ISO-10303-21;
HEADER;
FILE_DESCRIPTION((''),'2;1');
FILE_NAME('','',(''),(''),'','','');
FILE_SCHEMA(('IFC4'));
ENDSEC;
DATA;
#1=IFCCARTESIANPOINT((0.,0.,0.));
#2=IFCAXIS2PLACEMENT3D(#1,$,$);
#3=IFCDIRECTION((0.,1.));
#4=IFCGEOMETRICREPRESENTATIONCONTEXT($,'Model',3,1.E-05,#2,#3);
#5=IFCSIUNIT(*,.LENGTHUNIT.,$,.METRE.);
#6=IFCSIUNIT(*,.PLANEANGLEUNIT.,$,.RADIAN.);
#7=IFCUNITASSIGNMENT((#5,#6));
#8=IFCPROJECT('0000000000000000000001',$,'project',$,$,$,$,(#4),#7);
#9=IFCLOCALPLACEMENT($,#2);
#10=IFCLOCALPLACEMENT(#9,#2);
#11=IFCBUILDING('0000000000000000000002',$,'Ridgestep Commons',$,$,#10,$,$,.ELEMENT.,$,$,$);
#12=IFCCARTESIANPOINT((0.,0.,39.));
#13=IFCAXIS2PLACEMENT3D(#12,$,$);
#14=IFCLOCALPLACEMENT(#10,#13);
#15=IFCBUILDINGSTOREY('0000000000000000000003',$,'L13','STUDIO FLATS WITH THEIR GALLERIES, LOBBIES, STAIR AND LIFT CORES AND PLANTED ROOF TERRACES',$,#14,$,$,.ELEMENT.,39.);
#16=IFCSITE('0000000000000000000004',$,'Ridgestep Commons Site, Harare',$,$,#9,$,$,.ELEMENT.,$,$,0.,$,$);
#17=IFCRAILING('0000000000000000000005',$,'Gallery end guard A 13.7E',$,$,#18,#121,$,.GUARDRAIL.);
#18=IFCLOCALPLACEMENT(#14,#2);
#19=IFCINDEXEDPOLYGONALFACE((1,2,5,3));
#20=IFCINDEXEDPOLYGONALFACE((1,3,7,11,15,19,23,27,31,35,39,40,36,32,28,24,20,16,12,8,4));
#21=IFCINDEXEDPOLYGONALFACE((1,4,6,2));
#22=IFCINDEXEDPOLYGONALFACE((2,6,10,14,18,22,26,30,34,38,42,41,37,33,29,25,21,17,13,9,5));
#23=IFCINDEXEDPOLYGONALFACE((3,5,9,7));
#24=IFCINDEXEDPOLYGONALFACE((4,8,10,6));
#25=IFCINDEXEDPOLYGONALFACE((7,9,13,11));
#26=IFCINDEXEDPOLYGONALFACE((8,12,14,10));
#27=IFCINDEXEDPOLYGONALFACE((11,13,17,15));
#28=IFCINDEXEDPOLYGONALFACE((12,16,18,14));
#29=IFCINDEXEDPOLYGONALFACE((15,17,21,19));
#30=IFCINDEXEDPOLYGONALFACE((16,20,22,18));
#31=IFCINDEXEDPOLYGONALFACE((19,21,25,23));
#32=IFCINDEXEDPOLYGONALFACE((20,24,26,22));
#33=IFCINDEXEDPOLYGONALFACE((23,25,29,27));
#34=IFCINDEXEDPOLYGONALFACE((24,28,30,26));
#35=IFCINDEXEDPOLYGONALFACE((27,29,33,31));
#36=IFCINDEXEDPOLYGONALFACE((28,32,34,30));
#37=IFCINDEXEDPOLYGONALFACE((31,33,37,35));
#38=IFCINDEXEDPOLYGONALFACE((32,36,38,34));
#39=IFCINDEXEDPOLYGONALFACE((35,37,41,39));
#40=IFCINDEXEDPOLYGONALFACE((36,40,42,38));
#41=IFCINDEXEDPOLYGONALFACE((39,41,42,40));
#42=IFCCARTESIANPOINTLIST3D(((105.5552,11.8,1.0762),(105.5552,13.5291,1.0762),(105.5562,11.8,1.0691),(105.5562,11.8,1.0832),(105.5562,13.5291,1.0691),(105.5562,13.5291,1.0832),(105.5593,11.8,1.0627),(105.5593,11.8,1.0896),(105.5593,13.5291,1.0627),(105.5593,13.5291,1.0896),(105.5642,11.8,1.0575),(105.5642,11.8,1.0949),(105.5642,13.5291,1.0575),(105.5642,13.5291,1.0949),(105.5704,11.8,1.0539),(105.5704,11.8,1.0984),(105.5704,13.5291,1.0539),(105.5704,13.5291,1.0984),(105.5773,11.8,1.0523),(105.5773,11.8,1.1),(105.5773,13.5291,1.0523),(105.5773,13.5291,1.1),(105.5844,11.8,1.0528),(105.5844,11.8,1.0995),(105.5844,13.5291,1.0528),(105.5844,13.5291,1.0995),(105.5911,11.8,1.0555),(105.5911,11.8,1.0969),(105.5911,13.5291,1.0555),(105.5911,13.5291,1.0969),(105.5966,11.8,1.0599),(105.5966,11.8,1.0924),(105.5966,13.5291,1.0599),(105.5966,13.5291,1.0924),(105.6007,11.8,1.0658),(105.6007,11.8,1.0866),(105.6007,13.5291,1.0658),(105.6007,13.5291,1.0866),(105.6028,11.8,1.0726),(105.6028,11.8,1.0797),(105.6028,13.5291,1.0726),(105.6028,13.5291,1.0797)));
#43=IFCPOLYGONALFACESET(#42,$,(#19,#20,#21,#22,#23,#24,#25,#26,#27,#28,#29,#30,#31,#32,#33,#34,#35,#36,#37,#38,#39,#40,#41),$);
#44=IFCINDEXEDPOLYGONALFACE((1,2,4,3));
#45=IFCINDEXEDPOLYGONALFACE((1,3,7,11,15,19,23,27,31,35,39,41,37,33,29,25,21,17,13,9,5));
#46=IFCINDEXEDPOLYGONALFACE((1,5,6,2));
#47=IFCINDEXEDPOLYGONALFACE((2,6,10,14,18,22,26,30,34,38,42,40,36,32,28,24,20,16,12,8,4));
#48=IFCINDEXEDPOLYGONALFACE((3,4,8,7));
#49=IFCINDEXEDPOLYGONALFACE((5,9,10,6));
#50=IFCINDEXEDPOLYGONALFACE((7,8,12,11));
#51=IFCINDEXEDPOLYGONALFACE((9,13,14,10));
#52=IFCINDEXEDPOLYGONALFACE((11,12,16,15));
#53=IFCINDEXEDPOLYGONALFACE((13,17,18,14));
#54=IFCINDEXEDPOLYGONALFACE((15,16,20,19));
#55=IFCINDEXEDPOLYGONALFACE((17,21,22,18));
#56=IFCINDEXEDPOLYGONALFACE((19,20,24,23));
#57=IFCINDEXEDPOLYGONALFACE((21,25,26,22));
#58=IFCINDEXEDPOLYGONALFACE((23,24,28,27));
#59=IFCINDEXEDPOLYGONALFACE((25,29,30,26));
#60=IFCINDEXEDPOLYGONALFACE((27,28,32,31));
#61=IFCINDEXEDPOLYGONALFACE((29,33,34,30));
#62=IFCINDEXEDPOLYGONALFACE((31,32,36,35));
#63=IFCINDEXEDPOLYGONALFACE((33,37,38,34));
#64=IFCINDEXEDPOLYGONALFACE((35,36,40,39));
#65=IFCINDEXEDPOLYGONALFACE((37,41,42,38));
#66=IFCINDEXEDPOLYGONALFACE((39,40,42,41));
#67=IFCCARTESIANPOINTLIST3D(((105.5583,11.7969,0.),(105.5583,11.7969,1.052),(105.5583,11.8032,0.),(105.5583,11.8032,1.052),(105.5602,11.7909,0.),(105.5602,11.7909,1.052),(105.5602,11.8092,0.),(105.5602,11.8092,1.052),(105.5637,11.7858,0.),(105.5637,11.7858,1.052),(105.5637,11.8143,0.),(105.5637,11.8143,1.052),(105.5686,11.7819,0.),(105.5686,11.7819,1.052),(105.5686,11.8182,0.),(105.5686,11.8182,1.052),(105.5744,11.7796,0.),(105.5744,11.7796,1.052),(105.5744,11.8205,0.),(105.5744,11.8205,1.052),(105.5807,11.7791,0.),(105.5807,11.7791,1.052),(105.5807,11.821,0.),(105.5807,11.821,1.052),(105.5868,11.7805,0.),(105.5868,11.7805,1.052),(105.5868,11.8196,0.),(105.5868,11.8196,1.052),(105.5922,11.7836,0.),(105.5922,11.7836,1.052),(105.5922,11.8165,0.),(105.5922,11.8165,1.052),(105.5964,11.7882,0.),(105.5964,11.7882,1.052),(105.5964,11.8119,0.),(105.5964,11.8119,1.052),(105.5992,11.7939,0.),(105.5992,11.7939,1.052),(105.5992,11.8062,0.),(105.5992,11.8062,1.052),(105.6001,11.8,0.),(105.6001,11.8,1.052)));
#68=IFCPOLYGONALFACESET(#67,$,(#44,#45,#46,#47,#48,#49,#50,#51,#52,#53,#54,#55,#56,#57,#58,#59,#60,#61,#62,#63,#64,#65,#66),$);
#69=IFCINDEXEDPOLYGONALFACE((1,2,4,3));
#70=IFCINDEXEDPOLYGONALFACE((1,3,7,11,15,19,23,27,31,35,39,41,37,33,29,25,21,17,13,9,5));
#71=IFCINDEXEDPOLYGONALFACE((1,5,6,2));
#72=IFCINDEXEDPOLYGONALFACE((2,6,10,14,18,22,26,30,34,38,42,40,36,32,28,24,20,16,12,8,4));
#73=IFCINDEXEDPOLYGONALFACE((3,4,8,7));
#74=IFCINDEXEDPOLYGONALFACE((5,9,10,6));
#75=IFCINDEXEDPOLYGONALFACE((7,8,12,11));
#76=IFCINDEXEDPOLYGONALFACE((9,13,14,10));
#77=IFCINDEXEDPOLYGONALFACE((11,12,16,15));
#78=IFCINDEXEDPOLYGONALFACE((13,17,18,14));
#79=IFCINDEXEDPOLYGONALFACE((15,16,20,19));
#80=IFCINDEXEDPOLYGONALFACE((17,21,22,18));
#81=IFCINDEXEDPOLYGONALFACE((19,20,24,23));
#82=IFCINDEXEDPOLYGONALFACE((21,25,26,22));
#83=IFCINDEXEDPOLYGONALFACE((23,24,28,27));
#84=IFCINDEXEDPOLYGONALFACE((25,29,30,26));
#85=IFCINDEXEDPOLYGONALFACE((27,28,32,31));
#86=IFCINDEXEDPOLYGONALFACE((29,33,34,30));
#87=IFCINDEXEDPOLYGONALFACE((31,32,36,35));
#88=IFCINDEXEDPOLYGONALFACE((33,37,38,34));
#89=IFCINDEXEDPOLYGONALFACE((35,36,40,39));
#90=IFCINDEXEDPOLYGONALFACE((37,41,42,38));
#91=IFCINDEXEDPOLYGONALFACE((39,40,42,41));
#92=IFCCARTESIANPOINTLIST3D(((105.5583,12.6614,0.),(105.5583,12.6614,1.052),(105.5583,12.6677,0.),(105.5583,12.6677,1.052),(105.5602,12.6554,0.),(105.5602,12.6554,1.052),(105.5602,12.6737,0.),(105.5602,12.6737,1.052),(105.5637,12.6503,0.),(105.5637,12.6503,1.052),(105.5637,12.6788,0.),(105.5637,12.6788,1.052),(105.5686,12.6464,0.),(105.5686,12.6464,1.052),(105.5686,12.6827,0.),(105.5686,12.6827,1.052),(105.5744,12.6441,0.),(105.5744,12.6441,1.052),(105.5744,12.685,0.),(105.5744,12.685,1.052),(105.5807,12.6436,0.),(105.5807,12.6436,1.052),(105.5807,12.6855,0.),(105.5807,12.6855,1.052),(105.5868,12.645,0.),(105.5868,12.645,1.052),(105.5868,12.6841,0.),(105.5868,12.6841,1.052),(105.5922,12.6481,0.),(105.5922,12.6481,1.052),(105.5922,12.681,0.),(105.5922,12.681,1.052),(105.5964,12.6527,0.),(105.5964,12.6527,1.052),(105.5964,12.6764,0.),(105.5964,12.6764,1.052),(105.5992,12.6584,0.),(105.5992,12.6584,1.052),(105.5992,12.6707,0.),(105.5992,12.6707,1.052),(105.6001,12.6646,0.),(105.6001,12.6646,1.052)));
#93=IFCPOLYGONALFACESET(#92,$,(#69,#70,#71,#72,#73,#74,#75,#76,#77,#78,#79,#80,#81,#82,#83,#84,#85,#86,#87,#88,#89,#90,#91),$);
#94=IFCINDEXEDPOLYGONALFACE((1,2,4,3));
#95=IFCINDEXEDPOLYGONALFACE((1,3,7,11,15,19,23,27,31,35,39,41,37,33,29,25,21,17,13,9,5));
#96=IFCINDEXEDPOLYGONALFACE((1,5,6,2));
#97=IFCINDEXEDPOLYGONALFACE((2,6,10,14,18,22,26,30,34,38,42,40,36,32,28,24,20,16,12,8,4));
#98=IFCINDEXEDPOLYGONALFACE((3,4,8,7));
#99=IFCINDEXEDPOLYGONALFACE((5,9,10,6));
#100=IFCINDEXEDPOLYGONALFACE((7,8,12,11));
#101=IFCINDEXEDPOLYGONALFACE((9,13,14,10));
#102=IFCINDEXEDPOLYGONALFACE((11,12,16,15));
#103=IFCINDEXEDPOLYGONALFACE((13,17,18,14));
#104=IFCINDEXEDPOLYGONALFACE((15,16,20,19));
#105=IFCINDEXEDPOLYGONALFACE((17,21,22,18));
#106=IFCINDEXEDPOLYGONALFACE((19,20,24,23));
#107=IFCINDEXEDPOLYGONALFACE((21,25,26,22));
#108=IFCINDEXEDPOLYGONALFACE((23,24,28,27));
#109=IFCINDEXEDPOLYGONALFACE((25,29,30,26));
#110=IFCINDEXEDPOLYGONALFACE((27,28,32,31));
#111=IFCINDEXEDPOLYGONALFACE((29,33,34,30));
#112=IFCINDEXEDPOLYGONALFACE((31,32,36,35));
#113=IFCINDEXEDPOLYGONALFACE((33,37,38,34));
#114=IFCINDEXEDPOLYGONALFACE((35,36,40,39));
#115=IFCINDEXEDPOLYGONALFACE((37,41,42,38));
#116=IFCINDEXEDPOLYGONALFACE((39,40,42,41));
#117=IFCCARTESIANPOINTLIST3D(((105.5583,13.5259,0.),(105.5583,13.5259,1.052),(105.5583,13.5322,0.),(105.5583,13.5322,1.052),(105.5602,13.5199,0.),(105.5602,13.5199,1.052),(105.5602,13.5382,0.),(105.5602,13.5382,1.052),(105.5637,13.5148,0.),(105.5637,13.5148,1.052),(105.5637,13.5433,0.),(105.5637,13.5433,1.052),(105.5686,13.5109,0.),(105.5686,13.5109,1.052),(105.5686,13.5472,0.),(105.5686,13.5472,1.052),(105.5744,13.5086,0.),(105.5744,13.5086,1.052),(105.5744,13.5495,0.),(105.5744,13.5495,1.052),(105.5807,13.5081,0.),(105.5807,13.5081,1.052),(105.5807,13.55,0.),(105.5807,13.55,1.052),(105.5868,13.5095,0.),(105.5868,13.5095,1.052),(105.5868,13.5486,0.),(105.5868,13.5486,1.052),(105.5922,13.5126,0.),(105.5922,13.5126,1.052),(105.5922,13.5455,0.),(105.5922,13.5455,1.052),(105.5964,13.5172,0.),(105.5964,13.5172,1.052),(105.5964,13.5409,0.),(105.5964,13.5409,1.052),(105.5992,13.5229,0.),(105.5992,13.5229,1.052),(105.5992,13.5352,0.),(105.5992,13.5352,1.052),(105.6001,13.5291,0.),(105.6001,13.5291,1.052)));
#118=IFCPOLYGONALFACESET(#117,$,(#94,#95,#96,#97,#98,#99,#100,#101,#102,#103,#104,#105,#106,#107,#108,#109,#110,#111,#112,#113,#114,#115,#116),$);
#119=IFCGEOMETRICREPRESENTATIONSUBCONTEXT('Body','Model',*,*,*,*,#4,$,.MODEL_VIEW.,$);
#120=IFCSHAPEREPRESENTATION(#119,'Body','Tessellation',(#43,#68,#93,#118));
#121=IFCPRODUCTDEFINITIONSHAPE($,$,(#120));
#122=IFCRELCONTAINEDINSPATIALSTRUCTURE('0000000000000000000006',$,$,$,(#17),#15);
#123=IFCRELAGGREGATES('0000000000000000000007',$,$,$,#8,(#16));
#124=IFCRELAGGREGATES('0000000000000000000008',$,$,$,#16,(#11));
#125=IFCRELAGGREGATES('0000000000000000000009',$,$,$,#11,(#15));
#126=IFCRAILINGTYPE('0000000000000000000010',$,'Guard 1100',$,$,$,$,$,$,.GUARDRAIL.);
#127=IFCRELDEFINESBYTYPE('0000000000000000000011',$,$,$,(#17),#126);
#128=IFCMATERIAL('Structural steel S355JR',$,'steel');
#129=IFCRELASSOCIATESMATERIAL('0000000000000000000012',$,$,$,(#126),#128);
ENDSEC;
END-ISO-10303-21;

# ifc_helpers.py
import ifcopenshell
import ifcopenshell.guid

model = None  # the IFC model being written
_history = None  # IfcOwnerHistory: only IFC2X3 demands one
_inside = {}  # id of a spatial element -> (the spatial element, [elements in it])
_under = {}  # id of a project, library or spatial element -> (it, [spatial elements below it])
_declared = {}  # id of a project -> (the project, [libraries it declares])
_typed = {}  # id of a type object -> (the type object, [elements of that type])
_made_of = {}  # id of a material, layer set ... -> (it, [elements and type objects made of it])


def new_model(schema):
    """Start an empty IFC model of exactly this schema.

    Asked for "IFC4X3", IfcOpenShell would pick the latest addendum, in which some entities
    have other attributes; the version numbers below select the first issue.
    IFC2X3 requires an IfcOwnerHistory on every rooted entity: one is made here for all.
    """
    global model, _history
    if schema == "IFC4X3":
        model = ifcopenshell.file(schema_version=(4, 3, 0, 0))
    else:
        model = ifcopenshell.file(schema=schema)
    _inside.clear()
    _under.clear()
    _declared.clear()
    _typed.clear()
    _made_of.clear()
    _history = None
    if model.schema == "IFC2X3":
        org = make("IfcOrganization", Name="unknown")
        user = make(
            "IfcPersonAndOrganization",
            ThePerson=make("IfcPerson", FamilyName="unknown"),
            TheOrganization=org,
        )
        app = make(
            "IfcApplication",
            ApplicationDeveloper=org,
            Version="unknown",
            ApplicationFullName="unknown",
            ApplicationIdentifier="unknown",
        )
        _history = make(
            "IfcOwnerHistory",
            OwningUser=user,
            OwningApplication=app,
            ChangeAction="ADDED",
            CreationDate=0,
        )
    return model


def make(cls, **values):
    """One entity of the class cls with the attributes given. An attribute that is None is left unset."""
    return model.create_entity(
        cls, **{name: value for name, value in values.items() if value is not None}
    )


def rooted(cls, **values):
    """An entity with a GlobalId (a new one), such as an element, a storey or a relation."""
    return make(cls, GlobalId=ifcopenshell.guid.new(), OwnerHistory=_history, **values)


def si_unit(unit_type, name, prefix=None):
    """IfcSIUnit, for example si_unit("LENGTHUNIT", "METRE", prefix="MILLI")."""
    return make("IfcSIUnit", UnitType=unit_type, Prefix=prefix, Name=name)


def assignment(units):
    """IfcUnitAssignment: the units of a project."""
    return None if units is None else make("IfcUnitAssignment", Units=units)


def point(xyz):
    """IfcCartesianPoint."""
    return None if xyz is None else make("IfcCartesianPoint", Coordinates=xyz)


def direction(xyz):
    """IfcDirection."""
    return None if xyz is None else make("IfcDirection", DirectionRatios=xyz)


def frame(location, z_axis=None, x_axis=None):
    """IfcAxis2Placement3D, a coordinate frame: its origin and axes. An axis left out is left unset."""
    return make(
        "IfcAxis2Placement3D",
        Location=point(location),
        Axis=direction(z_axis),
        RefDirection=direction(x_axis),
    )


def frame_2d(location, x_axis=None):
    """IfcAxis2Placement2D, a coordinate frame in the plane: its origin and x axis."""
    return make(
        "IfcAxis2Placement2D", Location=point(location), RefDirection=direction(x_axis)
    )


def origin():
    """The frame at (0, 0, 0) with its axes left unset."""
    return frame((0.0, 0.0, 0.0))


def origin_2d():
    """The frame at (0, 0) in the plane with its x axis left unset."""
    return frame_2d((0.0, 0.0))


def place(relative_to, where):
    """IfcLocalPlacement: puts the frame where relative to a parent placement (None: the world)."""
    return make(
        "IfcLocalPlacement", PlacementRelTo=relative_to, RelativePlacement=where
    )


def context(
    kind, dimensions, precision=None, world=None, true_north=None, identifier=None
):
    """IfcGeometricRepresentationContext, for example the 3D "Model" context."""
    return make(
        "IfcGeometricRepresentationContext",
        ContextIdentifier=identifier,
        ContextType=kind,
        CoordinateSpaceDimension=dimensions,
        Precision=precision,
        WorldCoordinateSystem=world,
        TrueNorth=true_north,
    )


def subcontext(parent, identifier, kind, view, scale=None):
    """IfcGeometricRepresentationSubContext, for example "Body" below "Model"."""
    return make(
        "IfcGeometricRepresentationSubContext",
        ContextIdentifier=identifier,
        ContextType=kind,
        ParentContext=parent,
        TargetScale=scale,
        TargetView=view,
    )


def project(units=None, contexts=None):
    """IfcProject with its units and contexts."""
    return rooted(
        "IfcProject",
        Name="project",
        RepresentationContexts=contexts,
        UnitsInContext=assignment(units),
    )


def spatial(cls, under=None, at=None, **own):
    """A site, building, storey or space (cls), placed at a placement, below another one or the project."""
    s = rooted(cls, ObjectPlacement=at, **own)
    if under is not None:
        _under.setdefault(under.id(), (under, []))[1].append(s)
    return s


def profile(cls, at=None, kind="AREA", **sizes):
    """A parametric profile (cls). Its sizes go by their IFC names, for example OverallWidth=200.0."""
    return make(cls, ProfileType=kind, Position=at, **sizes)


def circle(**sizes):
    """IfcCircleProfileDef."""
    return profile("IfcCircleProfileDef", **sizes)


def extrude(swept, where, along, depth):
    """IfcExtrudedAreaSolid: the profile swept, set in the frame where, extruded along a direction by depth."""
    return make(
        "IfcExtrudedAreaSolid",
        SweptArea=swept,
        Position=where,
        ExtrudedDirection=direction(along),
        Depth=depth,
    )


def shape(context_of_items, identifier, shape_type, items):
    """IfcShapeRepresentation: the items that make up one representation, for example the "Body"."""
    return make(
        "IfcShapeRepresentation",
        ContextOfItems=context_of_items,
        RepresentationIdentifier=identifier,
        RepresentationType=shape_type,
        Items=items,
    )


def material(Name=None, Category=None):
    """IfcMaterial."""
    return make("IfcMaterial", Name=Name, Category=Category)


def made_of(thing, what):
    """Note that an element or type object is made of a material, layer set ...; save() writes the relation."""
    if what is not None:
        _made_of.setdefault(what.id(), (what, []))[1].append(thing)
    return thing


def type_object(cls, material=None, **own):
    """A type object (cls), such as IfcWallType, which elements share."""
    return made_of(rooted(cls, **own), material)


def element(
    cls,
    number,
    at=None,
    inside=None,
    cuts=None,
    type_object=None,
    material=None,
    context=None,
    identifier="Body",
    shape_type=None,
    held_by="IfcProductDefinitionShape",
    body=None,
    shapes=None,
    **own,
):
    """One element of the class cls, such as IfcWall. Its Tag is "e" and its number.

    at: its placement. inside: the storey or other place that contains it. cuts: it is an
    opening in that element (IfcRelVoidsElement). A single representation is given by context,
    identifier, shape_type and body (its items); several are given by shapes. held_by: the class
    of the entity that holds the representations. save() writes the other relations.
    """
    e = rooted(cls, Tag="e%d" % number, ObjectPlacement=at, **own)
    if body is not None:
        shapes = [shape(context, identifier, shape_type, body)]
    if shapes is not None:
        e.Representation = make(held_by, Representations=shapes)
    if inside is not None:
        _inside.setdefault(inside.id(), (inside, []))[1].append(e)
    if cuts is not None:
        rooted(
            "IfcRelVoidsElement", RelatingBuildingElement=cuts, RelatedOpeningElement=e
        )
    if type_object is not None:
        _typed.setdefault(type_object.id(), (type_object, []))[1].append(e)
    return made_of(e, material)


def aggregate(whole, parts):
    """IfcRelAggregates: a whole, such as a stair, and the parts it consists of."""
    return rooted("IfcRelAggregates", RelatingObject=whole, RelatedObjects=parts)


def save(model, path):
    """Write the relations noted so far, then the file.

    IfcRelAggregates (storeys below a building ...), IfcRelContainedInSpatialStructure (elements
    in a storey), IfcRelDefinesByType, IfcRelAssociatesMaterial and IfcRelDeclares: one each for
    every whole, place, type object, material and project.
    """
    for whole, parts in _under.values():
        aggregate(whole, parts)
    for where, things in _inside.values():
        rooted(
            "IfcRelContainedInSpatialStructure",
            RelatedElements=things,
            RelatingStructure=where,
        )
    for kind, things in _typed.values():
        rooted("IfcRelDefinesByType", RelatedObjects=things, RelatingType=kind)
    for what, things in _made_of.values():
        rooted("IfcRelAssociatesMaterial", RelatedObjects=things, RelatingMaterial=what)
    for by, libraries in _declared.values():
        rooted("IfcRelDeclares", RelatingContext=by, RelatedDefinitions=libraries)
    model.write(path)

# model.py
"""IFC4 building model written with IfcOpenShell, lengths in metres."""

from ifc_helpers import new_model, si_unit, direction, frame, origin, origin_2d, place, context, subcontext, project, spatial, circle, extrude, material, type_object, element, save


model = new_model("IFC4")

# Units and contexts
model_context = context("Model", 3, precision=1e-05, world=origin(), true_north=direction((0.0, 1.0)))
body_context = subcontext(model_context, "Body", "Model", "MODEL_VIEW")
ifc_project = project(units=[si_unit("LENGTHUNIT", "METRE"), si_unit("PLANEANGLEUNIT", "RADIAN")], contexts=[model_context])

# Site, building, storey
site_placement = place(None, origin())
site = spatial("IfcSite", under=ifc_project, at=site_placement, Name="Ridgestep Commons Site, Harare", CompositionType="ELEMENT", RefElevation=0.0)
building_placement = place(site_placement, origin())
building = spatial("IfcBuilding", under=site, at=building_placement, Name="Ridgestep Commons", CompositionType="ELEMENT")
storey_placement = place(building_placement, frame((0.0, 0.0, 39.0)))
storey = spatial("IfcBuildingStorey", under=building, at=storey_placement, Name="L13", Description="STUDIO FLATS WITH THEIR GALLERIES, LOBBIES, STAIR AND LIFT CORES AND PLANTED ROOF TERRACES", CompositionType="ELEMENT", Elevation=39.0)

# Railing
ifc_material_1 = material(Name="Structural steel S355JR", Category="steel")
railing_type_1 = type_object("IfcRailingType", Name="Guard 1100", PredefinedType="GUARDRAIL", material=ifc_material_1)
railing_1_placement = place(storey_placement, frame((105.5791, 11.8, 0.0)))
element("IfcRailing", 1, at=railing_1_placement, inside=storey, type_object=railing_type_1, Name="Gallery end guard A 13.7E", PredefinedType="GUARDRAIL", context=body_context, shape_type="SweptSolid", body=[
    extrude(circle(Radius=0.0239, at=origin_2d()), frame((0.0, 0.0, 1.0762), z_axis=(0.0, 1.0, 0.0), x_axis=(-1.0, 0.0, 0.0)), (0.0, 0.0, 1.0), 1.729),
    extrude(circle(Radius=0.021, at=origin_2d()), origin(), (0.0, 0.0, 1.0), 1.052),
    extrude(circle(Radius=0.021, at=origin_2d()), frame((0.0, 0.8645, 0.0)), (0.0, 0.0, 1.0), 1.052),
    extrude(circle(Radius=0.021, at=origin_2d()), frame((0.0, 1.729, 0.0)), (0.0, 0.0, 1.0), 1.052),
])

save(model, "model.ifc")
